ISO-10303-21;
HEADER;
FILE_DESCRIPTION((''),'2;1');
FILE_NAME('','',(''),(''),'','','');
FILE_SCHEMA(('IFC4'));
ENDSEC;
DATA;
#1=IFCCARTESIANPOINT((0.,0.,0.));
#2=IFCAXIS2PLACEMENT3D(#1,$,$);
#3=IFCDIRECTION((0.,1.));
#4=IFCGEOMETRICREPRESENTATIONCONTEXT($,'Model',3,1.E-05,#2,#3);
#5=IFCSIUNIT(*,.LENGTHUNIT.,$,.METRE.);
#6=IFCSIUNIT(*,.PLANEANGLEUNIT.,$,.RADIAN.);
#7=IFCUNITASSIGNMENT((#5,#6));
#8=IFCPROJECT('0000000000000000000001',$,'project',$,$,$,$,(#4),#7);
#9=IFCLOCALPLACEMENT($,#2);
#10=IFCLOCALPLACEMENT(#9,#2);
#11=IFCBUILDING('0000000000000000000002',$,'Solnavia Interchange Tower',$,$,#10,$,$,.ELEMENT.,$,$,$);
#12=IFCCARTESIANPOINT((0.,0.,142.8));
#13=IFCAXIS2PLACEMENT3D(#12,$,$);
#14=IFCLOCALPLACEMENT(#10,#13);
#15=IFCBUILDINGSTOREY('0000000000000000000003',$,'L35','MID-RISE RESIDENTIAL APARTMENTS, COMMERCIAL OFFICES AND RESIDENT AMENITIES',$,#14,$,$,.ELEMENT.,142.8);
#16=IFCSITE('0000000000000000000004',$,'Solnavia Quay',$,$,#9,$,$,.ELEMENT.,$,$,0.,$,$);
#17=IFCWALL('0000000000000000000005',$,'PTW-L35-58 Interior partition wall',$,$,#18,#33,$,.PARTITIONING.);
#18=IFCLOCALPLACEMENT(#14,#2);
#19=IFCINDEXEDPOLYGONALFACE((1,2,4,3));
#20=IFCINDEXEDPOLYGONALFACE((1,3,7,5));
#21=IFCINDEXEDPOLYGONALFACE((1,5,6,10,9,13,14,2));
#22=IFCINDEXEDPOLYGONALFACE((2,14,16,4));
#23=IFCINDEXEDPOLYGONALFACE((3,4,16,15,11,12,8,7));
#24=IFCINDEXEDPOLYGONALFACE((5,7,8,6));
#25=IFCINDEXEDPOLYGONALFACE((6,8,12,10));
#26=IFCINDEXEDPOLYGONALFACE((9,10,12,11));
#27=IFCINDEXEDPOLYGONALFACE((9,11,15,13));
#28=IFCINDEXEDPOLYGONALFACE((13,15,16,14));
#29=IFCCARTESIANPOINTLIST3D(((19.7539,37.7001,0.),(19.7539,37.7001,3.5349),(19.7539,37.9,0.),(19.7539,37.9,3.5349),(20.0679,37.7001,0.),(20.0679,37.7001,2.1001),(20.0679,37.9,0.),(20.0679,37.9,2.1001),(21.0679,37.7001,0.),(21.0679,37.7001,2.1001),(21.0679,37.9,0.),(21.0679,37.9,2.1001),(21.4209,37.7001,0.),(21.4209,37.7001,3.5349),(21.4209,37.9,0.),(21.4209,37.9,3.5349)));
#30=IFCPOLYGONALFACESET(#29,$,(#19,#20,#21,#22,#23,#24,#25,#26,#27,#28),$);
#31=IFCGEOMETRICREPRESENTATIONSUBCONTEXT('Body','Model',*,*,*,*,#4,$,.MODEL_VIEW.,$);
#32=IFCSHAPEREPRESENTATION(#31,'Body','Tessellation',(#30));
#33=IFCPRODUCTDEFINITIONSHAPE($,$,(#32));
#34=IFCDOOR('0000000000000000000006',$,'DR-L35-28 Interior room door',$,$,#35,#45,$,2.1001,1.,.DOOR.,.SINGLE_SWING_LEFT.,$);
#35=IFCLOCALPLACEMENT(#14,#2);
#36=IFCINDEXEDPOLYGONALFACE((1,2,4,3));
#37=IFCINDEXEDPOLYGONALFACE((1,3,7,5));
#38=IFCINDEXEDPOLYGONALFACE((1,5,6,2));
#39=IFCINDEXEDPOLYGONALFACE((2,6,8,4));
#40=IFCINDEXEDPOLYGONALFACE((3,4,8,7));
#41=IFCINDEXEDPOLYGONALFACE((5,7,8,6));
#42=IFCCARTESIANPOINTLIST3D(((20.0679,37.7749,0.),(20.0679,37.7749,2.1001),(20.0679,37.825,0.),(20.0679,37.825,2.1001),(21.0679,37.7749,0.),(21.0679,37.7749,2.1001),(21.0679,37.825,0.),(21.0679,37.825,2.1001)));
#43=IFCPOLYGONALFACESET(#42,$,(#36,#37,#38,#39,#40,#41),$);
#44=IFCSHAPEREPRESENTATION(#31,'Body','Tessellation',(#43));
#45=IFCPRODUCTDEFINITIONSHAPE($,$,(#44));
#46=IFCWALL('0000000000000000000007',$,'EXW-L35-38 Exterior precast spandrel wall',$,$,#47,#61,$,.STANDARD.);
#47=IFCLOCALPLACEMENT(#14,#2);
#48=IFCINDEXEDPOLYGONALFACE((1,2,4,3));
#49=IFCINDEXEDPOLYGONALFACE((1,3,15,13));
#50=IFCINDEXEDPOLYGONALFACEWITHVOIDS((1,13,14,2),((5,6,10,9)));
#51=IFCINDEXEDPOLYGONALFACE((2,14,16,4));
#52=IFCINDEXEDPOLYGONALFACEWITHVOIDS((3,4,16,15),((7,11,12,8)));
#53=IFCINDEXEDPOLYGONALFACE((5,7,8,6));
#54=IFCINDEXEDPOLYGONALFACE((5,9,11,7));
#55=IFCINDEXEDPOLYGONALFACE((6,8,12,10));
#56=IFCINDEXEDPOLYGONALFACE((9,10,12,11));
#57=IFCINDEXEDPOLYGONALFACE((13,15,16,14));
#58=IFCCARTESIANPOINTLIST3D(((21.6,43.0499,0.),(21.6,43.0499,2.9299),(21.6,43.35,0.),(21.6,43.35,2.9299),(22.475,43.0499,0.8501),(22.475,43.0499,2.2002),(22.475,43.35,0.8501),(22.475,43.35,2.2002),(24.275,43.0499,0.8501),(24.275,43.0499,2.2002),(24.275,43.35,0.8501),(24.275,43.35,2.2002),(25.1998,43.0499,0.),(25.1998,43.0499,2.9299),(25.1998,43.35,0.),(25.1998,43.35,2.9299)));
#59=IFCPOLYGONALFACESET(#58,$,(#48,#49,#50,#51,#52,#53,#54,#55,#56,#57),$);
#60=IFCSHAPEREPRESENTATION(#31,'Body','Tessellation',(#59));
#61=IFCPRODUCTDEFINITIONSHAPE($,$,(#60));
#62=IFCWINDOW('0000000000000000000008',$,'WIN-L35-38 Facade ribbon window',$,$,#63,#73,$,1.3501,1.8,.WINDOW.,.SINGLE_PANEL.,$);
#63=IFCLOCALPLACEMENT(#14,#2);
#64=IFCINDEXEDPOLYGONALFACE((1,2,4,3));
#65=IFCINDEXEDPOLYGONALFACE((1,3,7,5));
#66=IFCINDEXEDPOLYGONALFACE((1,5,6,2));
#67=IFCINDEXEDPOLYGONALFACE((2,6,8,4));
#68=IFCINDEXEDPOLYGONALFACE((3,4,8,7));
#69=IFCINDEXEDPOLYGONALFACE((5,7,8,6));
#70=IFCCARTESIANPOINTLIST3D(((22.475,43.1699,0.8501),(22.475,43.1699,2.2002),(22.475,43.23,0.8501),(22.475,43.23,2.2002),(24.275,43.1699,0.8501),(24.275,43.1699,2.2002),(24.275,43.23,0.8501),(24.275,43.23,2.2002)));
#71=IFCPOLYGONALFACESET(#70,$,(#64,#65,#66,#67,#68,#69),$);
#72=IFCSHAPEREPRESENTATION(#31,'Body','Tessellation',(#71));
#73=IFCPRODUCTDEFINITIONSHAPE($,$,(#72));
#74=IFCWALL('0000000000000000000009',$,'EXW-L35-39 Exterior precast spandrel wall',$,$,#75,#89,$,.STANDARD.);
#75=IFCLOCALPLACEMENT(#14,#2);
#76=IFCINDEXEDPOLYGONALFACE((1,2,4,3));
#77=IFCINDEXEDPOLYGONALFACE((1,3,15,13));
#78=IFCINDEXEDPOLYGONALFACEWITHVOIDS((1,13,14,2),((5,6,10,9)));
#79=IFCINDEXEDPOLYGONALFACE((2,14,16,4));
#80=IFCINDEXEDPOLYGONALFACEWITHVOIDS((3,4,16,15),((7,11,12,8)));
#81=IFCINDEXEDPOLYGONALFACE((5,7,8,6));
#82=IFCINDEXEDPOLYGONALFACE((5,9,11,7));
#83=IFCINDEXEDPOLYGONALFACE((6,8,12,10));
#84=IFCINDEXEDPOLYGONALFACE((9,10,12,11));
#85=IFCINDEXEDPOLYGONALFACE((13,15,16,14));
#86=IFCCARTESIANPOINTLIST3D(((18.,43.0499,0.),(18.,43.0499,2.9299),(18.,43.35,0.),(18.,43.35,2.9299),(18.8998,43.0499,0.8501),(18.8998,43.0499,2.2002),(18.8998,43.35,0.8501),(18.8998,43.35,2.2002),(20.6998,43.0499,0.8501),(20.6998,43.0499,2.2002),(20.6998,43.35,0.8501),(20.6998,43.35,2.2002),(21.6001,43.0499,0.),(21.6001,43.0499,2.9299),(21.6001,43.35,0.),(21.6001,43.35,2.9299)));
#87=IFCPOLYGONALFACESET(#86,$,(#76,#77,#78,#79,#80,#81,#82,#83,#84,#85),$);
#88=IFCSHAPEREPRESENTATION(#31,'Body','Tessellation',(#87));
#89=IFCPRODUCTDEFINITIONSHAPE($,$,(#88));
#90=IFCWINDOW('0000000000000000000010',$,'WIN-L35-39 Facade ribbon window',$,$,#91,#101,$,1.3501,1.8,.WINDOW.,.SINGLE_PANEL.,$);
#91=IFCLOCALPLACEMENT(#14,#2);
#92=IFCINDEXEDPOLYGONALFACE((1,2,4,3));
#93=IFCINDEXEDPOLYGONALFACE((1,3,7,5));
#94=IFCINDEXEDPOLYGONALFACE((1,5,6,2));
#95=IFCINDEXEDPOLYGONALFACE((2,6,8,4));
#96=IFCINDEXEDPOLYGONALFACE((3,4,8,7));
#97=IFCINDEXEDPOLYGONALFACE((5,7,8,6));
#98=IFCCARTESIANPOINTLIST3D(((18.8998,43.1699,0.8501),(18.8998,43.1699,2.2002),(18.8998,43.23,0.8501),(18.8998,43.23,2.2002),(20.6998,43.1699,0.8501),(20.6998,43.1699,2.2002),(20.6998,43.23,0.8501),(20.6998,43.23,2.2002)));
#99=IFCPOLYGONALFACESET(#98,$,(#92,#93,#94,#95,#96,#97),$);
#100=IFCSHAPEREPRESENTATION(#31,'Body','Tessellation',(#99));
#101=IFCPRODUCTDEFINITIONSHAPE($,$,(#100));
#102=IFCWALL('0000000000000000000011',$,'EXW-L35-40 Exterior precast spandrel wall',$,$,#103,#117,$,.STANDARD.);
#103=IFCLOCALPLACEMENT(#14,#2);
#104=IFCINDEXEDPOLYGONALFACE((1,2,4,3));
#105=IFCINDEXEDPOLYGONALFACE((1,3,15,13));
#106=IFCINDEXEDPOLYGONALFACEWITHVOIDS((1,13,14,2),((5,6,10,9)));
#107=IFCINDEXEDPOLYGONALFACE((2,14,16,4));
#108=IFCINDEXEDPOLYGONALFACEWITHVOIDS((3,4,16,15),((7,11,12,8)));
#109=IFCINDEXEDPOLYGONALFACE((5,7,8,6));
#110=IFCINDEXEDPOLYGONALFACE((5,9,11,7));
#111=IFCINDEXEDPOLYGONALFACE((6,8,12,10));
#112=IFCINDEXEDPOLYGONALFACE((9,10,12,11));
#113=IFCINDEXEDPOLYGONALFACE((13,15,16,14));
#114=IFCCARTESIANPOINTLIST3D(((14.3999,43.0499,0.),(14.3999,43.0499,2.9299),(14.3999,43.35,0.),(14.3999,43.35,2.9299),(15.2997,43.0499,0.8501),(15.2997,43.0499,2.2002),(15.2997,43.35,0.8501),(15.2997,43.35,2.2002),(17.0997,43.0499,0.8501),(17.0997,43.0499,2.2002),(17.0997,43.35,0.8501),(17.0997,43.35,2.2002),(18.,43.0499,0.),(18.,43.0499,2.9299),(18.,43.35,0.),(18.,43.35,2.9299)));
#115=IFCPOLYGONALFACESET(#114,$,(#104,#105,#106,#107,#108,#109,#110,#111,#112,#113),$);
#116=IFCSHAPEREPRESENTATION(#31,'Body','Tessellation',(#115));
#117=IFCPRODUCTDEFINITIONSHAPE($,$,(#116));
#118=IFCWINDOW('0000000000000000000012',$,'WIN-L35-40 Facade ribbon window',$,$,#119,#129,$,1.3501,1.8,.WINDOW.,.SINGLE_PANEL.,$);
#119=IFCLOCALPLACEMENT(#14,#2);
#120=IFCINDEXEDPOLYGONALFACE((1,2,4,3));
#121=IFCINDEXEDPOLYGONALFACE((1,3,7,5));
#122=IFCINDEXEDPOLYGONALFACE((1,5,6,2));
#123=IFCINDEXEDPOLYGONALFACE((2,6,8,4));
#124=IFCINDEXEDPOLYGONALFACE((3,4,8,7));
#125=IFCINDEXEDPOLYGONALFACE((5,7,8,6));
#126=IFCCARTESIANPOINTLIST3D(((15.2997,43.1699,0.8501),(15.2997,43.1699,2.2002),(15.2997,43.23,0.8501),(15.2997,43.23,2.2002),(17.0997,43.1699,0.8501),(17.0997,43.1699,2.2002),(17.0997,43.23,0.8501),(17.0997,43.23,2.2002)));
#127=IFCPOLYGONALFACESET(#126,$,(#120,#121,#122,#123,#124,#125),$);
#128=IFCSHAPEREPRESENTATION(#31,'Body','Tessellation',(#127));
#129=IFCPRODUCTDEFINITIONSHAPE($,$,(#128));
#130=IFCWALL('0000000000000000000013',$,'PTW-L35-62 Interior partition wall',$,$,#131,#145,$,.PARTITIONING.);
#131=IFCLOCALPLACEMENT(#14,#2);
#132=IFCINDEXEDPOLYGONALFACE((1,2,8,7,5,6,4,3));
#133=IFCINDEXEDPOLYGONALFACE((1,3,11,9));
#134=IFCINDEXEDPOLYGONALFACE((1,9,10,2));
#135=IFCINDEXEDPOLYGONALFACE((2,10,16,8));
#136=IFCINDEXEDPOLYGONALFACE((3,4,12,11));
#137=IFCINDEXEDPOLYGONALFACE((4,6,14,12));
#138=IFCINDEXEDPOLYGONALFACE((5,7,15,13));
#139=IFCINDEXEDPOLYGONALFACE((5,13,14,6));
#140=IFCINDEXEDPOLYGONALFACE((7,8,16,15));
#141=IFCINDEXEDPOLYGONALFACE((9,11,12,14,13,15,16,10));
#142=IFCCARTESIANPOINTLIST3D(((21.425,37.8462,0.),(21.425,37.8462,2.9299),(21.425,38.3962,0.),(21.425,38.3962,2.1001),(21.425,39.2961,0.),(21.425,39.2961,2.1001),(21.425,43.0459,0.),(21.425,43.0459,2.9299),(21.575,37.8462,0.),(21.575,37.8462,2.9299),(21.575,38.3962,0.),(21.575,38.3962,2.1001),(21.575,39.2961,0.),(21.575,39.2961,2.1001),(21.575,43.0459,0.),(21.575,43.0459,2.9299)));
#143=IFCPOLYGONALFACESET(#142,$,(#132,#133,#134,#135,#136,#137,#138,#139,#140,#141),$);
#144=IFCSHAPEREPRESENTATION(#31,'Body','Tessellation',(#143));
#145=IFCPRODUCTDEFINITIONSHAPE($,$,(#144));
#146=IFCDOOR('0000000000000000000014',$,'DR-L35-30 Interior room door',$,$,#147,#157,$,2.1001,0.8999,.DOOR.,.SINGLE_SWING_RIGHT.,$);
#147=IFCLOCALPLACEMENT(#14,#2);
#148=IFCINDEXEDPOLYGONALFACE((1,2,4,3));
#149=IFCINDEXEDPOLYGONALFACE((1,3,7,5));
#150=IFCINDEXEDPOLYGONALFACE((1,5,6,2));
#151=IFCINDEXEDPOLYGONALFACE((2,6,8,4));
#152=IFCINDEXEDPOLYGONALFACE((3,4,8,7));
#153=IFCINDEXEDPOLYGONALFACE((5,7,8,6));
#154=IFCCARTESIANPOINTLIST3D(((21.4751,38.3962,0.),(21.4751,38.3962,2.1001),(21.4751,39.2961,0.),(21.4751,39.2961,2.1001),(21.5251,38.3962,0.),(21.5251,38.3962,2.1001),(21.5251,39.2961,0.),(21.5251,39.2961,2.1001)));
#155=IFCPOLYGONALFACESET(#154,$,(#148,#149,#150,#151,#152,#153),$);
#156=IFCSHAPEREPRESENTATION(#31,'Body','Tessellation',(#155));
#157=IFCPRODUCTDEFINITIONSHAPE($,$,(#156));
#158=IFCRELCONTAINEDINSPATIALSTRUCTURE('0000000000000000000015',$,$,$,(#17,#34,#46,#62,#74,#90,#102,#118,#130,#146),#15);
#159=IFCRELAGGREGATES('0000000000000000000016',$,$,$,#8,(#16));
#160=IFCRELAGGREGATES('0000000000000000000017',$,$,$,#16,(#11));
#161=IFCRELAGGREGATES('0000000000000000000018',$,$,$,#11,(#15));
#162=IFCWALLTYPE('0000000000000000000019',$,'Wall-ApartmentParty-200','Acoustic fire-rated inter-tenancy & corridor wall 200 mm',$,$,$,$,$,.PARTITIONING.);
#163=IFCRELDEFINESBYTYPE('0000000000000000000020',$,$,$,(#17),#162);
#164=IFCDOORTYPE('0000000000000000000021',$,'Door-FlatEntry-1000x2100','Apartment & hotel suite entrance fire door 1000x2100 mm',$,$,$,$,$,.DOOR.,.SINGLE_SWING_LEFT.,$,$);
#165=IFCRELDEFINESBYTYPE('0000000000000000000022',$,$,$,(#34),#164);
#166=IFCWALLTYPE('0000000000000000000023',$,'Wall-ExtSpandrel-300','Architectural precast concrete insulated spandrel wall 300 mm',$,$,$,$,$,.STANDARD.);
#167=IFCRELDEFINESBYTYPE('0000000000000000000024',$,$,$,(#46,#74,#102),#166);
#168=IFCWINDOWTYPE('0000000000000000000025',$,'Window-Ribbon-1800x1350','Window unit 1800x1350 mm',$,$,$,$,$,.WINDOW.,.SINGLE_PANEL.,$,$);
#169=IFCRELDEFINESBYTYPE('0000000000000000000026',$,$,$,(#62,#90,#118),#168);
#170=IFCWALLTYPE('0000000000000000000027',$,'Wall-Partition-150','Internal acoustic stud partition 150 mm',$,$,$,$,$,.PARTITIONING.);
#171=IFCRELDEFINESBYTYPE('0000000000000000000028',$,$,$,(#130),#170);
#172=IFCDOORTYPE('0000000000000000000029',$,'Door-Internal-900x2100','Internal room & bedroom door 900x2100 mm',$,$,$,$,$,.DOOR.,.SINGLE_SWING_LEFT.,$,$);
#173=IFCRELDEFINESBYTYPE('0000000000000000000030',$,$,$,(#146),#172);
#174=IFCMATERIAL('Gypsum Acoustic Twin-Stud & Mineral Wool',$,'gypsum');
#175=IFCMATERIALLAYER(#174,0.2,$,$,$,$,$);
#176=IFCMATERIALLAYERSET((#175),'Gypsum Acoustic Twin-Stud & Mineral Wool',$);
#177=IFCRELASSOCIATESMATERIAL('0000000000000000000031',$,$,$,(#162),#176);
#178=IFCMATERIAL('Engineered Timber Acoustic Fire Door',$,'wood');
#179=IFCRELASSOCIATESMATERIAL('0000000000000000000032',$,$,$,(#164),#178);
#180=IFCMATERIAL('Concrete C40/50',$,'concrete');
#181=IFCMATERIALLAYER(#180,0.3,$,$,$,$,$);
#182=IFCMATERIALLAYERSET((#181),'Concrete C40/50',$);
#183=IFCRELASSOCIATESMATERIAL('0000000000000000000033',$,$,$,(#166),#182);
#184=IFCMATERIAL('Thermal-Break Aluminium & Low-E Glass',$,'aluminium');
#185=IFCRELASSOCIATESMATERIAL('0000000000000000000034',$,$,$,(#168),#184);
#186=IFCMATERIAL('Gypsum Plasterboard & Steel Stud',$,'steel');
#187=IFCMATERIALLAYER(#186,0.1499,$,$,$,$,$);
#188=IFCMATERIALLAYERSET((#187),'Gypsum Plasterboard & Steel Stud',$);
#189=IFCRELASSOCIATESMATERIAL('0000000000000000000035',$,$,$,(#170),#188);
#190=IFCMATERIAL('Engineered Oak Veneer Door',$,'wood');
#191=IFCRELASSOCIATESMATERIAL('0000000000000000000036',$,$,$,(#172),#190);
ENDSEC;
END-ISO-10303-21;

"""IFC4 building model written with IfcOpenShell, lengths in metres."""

from ifc_helpers import new_model, si_unit, direction, frame, frame_2d, origin, place, context, subcontext, project, spatial, rectangle, extrude, material, layer, layer_set, type_object, element, fill, save


model = new_model("IFC4")

# Units and contexts
model_context = context("Model", 3, precision=1e-05, world=origin(), true_north=direction((0.0, 1.0)))
body_context = subcontext(model_context, "Body", "Model", "MODEL_VIEW")
ifc_project = project(units=[si_unit("LENGTHUNIT", "METRE"), si_unit("PLANEANGLEUNIT", "RADIAN")], contexts=[model_context])

# Site, building, storey
site_placement = place(None, origin())
site = spatial("IfcSite", under=ifc_project, at=site_placement, Name="Solnavia Quay", CompositionType="ELEMENT", RefElevation=0.0)
building_placement = place(site_placement, origin())
building = spatial("IfcBuilding", under=site, at=building_placement, Name="Solnavia Interchange Tower", CompositionType="ELEMENT")
storey_placement = place(building_placement, frame((0.0, 0.0, 142.8)))
storey = spatial("IfcBuildingStorey", under=building, at=storey_placement, Name="L35", Description="MID-RISE RESIDENTIAL APARTMENTS, COMMERCIAL OFFICES AND RESIDENT AMENITIES", CompositionType="ELEMENT", Elevation=142.8)

# Shared definitions
ifc_material_1 = material(Name="Gypsum Acoustic Twin-Stud & Mineral Wool", Category="gypsum")
ifc_layer_1 = layer(ifc_material_1, 0.2)
ifc_layer_set_1 = layer_set([ifc_layer_1], Name="Gypsum Acoustic Twin-Stud & Mineral Wool")
wall_type_1 = type_object("IfcWallType", Name="Wall-ApartmentParty-200", Description="Acoustic fire-rated inter-tenancy & corridor wall 200 mm", PredefinedType="PARTITIONING", material=ifc_layer_set_1)
ifc_material_2 = material(Name="Engineered Timber Acoustic Fire Door", Category="wood")
door_type_1 = type_object("IfcDoorType", Name="Door-FlatEntry-1000x2100", Description="Apartment & hotel suite entrance fire door 1000x2100 mm", OperationType="SINGLE_SWING_LEFT", PredefinedType="DOOR", material=ifc_material_2)

# Wall, opening, door
wall_1_placement = place(storey_placement, frame((19.7539, 37.8, 0.0), z_axis=(0.0, 0.0, 1.0), x_axis=(1.0, 0.0, 0.0)))
wall_1 = element("IfcWall", 1, at=wall_1_placement, inside=storey, type_object=wall_type_1, Name="PTW-L35-58 Interior partition wall", PredefinedType="PARTITIONING", context=body_context, shape_type="SweptSolid", body=[
    extrude(rectangle(XDim=1.667, YDim=0.2, at=frame_2d((0.8335, 0.0))), origin(), (0.0, 0.0, 1.0), 3.5349),
])
opening_1_placement = place(wall_1_placement, frame((0.314, 0.0, 0.0)))
opening_1 = element("IfcOpeningElement", 2, at=opening_1_placement, cuts=wall_1, PredefinedType="OPENING", context=body_context, shape_type="SweptSolid", body=[
    extrude(rectangle(XDim=1.0, YDim=2.1001, at=frame_2d((0.5, 1.05))), frame((0.0, 0.1099, 0.0), z_axis=(0.0, -1.0, 0.0), x_axis=(1.0, 0.0, 0.0)), (0.0, 0.0, 1.0), 0.22),
])
door_1_placement = place(opening_1_placement, origin())
door_1 = element("IfcDoor", 3, at=door_1_placement, inside=storey, type_object=door_type_1, Name="DR-L35-28 Interior room door", OperationType="SINGLE_SWING_LEFT", OverallHeight=2.1001, OverallWidth=1.0, PredefinedType="DOOR", context=body_context, shape_type="SweptSolid", body=[
    extrude(rectangle(XDim=1.0, YDim=2.1001, at=frame_2d((0.5, 1.05))), frame((0.0, 0.0249, 0.0), z_axis=(0.0, -1.0, 0.0), x_axis=(1.0, 0.0, 0.0)), (0.0, 0.0, 1.0), 0.05),
])
fill(opening_1, door_1)

# Walls, openings, windows
ifc_material_3 = material(Name="Concrete C40/50", Category="concrete")
ifc_layer_2 = layer(ifc_material_3, 0.3)
ifc_layer_set_2 = layer_set([ifc_layer_2], Name="Concrete C40/50")
wall_type_2 = type_object("IfcWallType", Name="Wall-ExtSpandrel-300", Description="Architectural precast concrete insulated spandrel wall 300 mm", PredefinedType="STANDARD", material=ifc_layer_set_2)
wall_2_placement = place(storey_placement, frame((21.6001, 43.2, 0.0), z_axis=(0.0, 0.0, 1.0), x_axis=(1.0, 0.0, 0.0)))
wall_2 = element("IfcWall", 4, at=wall_2_placement, inside=storey, type_object=wall_type_2, Name="EXW-L35-38 Exterior precast spandrel wall", PredefinedType="STANDARD", context=body_context, shape_type="SweptSolid", body=[
    extrude(rectangle(XDim=3.5999, YDim=0.3, at=frame_2d((1.7998, 0.0))), origin(), (0.0, 0.0, 1.0), 2.9299),
])
opening_2_placement = place(wall_2_placement, frame((0.875, 0.0, 0.8501)))
opening_2 = element("IfcOpeningElement", 5, at=opening_2_placement, cuts=wall_2, PredefinedType="OPENING", context=body_context, shape_type="SweptSolid", body=[
    extrude(rectangle(XDim=1.8, YDim=1.3501, at=frame_2d((0.8999, 0.675))), frame((0.0, 0.1602, 0.0), z_axis=(0.0, -1.0, 0.0), x_axis=(1.0, 0.0, 0.0)), (0.0, 0.0, 1.0), 0.3201),
])
ifc_material_4 = material(Name="Thermal-Break Aluminium & Low-E Glass", Category="aluminium")
window_type = type_object("IfcWindowType", Name="Window-Ribbon-1800x1350", Description="Window unit 1800x1350 mm", PartitioningType="SINGLE_PANEL", PredefinedType="WINDOW", material=ifc_material_4)
window_1_placement = place(opening_2_placement, origin())
window_1 = element("IfcWindow", 6, at=window_1_placement, inside=storey, type_object=window_type, Name="WIN-L35-38 Facade ribbon window", OverallHeight=1.3501, OverallWidth=1.8, PartitioningType="SINGLE_PANEL", PredefinedType="WINDOW", context=body_context, shape_type="SweptSolid", body=[
    extrude(rectangle(XDim=1.8, YDim=1.3501, at=frame_2d((0.8999, 0.675))), frame((0.0, 0.03, 0.0), z_axis=(0.0, -1.0, 0.0), x_axis=(1.0, 0.0, 0.0)), (0.0, 0.0, 1.0), 0.0601),
])
fill(opening_2, window_1)
wall_3_placement = place(storey_placement, frame((18.0, 43.2, 0.0), z_axis=(0.0, 0.0, 1.0), x_axis=(1.0, 0.0, 0.0)))
wall_3 = element("IfcWall", 7, at=wall_3_placement, inside=storey, type_object=wall_type_2, Name="EXW-L35-39 Exterior precast spandrel wall", PredefinedType="STANDARD", context=body_context, shape_type="SweptSolid", body=[
    extrude(rectangle(XDim=3.6001, YDim=0.3, at=frame_2d((1.8, 0.0))), origin(), (0.0, 0.0, 1.0), 2.9299),
])
opening_3_placement = place(wall_3_placement, frame((0.8999, 0.0, 0.8501)))
opening_3 = element("IfcOpeningElement", 8, at=opening_3_placement, cuts=wall_3, PredefinedType="OPENING", context=body_context, shape_type="SweptSolid", body=[
    extrude(rectangle(XDim=1.8, YDim=1.3501, at=frame_2d((0.8999, 0.675))), frame((0.0, 0.1602, 0.0), z_axis=(0.0, -1.0, 0.0), x_axis=(1.0, 0.0, 0.0)), (0.0, 0.0, 1.0), 0.3201),
])
window_2_placement = place(opening_3_placement, origin())
window_2 = element("IfcWindow", 9, at=window_2_placement, inside=storey, type_object=window_type, Name="WIN-L35-39 Facade ribbon window", OverallHeight=1.3501, OverallWidth=1.8, PartitioningType="SINGLE_PANEL", PredefinedType="WINDOW", context=body_context, shape_type="SweptSolid", body=[
    extrude(rectangle(XDim=1.8, YDim=1.3501, at=frame_2d((0.8999, 0.675))), frame((0.0, 0.03, 0.0), z_axis=(0.0, -1.0, 0.0), x_axis=(1.0, 0.0, 0.0)), (0.0, 0.0, 1.0), 0.0601),
])
fill(opening_3, window_2)
wall_4_placement = place(storey_placement, frame((14.3999, 43.2, 0.0), z_axis=(0.0, 0.0, 1.0), x_axis=(1.0, 0.0, 0.0)))
wall_4 = element("IfcWall", 10, at=wall_4_placement, inside=storey, type_object=wall_type_2, Name="EXW-L35-40 Exterior precast spandrel wall", PredefinedType="STANDARD", context=body_context, shape_type="SweptSolid", body=[
    extrude(rectangle(XDim=3.6001, YDim=0.3, at=frame_2d((1.8, 0.0))), origin(), (0.0, 0.0, 1.0), 2.9299),
])
opening_4_placement = place(wall_4_placement, frame((0.8999, 0.0, 0.8501)))
opening_4 = element("IfcOpeningElement", 11, at=opening_4_placement, cuts=wall_4, PredefinedType="OPENING", context=body_context, shape_type="SweptSolid", body=[
    extrude(rectangle(XDim=1.8, YDim=1.3501, at=frame_2d((0.8999, 0.675))), frame((0.0, 0.1602, 0.0), z_axis=(0.0, -1.0, 0.0), x_axis=(1.0, 0.0, 0.0)), (0.0, 0.0, 1.0), 0.3201),
])
window_3_placement = place(opening_4_placement, origin())
window_3 = element("IfcWindow", 12, at=window_3_placement, inside=storey, type_object=window_type, Name="WIN-L35-40 Facade ribbon window", OverallHeight=1.3501, OverallWidth=1.8, PartitioningType="SINGLE_PANEL", PredefinedType="WINDOW", context=body_context, shape_type="SweptSolid", body=[
    extrude(rectangle(XDim=1.8, YDim=1.3501, at=frame_2d((0.8999, 0.675))), frame((0.0, 0.03, 0.0), z_axis=(0.0, -1.0, 0.0), x_axis=(1.0, 0.0, 0.0)), (0.0, 0.0, 1.0), 0.0601),
])
fill(opening_4, window_3)

# Wall, opening, door
ifc_material_5 = material(Name="Gypsum Plasterboard & Steel Stud", Category="steel")
ifc_layer_3 = layer(ifc_material_5, 0.1499)
ifc_layer_set_3 = layer_set([ifc_layer_3], Name="Gypsum Plasterboard & Steel Stud")
wall_type_3 = type_object("IfcWallType", Name="Wall-Partition-150", Description="Internal acoustic stud partition 150 mm", PredefinedType="PARTITIONING", material=ifc_layer_set_3)
wall_5_placement = place(storey_placement, frame((21.5, 37.8462, 0.0), z_axis=(0.0, 0.0, 1.0), x_axis=(0.0, 1.0, 0.0)))
wall_5 = element("IfcWall", 13, at=wall_5_placement, inside=storey, type_object=wall_type_3, Name="PTW-L35-62 Interior partition wall", PredefinedType="PARTITIONING", context=body_context, shape_type="SweptSolid", body=[
    extrude(rectangle(XDim=5.1997, YDim=0.1499, at=frame_2d((2.5999, 0.0))), origin(), (0.0, 0.0, 1.0), 2.9299),
])
opening_5_placement = place(wall_5_placement, frame((0.55, 0.0, 0.0)))
opening_5 = element("IfcOpeningElement", 14, at=opening_5_placement, cuts=wall_5, PredefinedType="OPENING", context=body_context, shape_type="SweptSolid", body=[
    extrude(rectangle(XDim=0.8999, YDim=2.1001, at=frame_2d((0.45, 1.05))), frame((0.0, 0.085, 0.0), z_axis=(0.0, -1.0, 0.0), x_axis=(1.0, 0.0, 0.0)), (0.0, 0.0, 1.0), 0.1699),
])
ifc_material_6 = material(Name="Engineered Oak Veneer Door", Category="wood")
door_type_2 = type_object("IfcDoorType", Name="Door-Internal-900x2100", Description="Internal room & bedroom door 900x2100 mm", OperationType="SINGLE_SWING_LEFT", PredefinedType="DOOR", material=ifc_material_6)
door_2_placement = place(opening_5_placement, origin())
door_2 = element("IfcDoor", 15, at=door_2_placement, inside=storey, type_object=door_type_2, Name="DR-L35-30 Interior room door", OperationType="SINGLE_SWING_RIGHT", OverallHeight=2.1001, OverallWidth=0.8999, PredefinedType="DOOR", context=body_context, shape_type="SweptSolid", body=[
    extrude(rectangle(XDim=0.8999, YDim=2.1001, at=frame_2d((0.45, 1.05))), frame((0.0, 0.0249, 0.0), z_axis=(0.0, -1.0, 0.0), x_axis=(1.0, 0.0, 0.0)), (0.0, 0.0, 1.0), 0.05),
])
fill(opening_5, door_2)

save(model, "model.ifc")
